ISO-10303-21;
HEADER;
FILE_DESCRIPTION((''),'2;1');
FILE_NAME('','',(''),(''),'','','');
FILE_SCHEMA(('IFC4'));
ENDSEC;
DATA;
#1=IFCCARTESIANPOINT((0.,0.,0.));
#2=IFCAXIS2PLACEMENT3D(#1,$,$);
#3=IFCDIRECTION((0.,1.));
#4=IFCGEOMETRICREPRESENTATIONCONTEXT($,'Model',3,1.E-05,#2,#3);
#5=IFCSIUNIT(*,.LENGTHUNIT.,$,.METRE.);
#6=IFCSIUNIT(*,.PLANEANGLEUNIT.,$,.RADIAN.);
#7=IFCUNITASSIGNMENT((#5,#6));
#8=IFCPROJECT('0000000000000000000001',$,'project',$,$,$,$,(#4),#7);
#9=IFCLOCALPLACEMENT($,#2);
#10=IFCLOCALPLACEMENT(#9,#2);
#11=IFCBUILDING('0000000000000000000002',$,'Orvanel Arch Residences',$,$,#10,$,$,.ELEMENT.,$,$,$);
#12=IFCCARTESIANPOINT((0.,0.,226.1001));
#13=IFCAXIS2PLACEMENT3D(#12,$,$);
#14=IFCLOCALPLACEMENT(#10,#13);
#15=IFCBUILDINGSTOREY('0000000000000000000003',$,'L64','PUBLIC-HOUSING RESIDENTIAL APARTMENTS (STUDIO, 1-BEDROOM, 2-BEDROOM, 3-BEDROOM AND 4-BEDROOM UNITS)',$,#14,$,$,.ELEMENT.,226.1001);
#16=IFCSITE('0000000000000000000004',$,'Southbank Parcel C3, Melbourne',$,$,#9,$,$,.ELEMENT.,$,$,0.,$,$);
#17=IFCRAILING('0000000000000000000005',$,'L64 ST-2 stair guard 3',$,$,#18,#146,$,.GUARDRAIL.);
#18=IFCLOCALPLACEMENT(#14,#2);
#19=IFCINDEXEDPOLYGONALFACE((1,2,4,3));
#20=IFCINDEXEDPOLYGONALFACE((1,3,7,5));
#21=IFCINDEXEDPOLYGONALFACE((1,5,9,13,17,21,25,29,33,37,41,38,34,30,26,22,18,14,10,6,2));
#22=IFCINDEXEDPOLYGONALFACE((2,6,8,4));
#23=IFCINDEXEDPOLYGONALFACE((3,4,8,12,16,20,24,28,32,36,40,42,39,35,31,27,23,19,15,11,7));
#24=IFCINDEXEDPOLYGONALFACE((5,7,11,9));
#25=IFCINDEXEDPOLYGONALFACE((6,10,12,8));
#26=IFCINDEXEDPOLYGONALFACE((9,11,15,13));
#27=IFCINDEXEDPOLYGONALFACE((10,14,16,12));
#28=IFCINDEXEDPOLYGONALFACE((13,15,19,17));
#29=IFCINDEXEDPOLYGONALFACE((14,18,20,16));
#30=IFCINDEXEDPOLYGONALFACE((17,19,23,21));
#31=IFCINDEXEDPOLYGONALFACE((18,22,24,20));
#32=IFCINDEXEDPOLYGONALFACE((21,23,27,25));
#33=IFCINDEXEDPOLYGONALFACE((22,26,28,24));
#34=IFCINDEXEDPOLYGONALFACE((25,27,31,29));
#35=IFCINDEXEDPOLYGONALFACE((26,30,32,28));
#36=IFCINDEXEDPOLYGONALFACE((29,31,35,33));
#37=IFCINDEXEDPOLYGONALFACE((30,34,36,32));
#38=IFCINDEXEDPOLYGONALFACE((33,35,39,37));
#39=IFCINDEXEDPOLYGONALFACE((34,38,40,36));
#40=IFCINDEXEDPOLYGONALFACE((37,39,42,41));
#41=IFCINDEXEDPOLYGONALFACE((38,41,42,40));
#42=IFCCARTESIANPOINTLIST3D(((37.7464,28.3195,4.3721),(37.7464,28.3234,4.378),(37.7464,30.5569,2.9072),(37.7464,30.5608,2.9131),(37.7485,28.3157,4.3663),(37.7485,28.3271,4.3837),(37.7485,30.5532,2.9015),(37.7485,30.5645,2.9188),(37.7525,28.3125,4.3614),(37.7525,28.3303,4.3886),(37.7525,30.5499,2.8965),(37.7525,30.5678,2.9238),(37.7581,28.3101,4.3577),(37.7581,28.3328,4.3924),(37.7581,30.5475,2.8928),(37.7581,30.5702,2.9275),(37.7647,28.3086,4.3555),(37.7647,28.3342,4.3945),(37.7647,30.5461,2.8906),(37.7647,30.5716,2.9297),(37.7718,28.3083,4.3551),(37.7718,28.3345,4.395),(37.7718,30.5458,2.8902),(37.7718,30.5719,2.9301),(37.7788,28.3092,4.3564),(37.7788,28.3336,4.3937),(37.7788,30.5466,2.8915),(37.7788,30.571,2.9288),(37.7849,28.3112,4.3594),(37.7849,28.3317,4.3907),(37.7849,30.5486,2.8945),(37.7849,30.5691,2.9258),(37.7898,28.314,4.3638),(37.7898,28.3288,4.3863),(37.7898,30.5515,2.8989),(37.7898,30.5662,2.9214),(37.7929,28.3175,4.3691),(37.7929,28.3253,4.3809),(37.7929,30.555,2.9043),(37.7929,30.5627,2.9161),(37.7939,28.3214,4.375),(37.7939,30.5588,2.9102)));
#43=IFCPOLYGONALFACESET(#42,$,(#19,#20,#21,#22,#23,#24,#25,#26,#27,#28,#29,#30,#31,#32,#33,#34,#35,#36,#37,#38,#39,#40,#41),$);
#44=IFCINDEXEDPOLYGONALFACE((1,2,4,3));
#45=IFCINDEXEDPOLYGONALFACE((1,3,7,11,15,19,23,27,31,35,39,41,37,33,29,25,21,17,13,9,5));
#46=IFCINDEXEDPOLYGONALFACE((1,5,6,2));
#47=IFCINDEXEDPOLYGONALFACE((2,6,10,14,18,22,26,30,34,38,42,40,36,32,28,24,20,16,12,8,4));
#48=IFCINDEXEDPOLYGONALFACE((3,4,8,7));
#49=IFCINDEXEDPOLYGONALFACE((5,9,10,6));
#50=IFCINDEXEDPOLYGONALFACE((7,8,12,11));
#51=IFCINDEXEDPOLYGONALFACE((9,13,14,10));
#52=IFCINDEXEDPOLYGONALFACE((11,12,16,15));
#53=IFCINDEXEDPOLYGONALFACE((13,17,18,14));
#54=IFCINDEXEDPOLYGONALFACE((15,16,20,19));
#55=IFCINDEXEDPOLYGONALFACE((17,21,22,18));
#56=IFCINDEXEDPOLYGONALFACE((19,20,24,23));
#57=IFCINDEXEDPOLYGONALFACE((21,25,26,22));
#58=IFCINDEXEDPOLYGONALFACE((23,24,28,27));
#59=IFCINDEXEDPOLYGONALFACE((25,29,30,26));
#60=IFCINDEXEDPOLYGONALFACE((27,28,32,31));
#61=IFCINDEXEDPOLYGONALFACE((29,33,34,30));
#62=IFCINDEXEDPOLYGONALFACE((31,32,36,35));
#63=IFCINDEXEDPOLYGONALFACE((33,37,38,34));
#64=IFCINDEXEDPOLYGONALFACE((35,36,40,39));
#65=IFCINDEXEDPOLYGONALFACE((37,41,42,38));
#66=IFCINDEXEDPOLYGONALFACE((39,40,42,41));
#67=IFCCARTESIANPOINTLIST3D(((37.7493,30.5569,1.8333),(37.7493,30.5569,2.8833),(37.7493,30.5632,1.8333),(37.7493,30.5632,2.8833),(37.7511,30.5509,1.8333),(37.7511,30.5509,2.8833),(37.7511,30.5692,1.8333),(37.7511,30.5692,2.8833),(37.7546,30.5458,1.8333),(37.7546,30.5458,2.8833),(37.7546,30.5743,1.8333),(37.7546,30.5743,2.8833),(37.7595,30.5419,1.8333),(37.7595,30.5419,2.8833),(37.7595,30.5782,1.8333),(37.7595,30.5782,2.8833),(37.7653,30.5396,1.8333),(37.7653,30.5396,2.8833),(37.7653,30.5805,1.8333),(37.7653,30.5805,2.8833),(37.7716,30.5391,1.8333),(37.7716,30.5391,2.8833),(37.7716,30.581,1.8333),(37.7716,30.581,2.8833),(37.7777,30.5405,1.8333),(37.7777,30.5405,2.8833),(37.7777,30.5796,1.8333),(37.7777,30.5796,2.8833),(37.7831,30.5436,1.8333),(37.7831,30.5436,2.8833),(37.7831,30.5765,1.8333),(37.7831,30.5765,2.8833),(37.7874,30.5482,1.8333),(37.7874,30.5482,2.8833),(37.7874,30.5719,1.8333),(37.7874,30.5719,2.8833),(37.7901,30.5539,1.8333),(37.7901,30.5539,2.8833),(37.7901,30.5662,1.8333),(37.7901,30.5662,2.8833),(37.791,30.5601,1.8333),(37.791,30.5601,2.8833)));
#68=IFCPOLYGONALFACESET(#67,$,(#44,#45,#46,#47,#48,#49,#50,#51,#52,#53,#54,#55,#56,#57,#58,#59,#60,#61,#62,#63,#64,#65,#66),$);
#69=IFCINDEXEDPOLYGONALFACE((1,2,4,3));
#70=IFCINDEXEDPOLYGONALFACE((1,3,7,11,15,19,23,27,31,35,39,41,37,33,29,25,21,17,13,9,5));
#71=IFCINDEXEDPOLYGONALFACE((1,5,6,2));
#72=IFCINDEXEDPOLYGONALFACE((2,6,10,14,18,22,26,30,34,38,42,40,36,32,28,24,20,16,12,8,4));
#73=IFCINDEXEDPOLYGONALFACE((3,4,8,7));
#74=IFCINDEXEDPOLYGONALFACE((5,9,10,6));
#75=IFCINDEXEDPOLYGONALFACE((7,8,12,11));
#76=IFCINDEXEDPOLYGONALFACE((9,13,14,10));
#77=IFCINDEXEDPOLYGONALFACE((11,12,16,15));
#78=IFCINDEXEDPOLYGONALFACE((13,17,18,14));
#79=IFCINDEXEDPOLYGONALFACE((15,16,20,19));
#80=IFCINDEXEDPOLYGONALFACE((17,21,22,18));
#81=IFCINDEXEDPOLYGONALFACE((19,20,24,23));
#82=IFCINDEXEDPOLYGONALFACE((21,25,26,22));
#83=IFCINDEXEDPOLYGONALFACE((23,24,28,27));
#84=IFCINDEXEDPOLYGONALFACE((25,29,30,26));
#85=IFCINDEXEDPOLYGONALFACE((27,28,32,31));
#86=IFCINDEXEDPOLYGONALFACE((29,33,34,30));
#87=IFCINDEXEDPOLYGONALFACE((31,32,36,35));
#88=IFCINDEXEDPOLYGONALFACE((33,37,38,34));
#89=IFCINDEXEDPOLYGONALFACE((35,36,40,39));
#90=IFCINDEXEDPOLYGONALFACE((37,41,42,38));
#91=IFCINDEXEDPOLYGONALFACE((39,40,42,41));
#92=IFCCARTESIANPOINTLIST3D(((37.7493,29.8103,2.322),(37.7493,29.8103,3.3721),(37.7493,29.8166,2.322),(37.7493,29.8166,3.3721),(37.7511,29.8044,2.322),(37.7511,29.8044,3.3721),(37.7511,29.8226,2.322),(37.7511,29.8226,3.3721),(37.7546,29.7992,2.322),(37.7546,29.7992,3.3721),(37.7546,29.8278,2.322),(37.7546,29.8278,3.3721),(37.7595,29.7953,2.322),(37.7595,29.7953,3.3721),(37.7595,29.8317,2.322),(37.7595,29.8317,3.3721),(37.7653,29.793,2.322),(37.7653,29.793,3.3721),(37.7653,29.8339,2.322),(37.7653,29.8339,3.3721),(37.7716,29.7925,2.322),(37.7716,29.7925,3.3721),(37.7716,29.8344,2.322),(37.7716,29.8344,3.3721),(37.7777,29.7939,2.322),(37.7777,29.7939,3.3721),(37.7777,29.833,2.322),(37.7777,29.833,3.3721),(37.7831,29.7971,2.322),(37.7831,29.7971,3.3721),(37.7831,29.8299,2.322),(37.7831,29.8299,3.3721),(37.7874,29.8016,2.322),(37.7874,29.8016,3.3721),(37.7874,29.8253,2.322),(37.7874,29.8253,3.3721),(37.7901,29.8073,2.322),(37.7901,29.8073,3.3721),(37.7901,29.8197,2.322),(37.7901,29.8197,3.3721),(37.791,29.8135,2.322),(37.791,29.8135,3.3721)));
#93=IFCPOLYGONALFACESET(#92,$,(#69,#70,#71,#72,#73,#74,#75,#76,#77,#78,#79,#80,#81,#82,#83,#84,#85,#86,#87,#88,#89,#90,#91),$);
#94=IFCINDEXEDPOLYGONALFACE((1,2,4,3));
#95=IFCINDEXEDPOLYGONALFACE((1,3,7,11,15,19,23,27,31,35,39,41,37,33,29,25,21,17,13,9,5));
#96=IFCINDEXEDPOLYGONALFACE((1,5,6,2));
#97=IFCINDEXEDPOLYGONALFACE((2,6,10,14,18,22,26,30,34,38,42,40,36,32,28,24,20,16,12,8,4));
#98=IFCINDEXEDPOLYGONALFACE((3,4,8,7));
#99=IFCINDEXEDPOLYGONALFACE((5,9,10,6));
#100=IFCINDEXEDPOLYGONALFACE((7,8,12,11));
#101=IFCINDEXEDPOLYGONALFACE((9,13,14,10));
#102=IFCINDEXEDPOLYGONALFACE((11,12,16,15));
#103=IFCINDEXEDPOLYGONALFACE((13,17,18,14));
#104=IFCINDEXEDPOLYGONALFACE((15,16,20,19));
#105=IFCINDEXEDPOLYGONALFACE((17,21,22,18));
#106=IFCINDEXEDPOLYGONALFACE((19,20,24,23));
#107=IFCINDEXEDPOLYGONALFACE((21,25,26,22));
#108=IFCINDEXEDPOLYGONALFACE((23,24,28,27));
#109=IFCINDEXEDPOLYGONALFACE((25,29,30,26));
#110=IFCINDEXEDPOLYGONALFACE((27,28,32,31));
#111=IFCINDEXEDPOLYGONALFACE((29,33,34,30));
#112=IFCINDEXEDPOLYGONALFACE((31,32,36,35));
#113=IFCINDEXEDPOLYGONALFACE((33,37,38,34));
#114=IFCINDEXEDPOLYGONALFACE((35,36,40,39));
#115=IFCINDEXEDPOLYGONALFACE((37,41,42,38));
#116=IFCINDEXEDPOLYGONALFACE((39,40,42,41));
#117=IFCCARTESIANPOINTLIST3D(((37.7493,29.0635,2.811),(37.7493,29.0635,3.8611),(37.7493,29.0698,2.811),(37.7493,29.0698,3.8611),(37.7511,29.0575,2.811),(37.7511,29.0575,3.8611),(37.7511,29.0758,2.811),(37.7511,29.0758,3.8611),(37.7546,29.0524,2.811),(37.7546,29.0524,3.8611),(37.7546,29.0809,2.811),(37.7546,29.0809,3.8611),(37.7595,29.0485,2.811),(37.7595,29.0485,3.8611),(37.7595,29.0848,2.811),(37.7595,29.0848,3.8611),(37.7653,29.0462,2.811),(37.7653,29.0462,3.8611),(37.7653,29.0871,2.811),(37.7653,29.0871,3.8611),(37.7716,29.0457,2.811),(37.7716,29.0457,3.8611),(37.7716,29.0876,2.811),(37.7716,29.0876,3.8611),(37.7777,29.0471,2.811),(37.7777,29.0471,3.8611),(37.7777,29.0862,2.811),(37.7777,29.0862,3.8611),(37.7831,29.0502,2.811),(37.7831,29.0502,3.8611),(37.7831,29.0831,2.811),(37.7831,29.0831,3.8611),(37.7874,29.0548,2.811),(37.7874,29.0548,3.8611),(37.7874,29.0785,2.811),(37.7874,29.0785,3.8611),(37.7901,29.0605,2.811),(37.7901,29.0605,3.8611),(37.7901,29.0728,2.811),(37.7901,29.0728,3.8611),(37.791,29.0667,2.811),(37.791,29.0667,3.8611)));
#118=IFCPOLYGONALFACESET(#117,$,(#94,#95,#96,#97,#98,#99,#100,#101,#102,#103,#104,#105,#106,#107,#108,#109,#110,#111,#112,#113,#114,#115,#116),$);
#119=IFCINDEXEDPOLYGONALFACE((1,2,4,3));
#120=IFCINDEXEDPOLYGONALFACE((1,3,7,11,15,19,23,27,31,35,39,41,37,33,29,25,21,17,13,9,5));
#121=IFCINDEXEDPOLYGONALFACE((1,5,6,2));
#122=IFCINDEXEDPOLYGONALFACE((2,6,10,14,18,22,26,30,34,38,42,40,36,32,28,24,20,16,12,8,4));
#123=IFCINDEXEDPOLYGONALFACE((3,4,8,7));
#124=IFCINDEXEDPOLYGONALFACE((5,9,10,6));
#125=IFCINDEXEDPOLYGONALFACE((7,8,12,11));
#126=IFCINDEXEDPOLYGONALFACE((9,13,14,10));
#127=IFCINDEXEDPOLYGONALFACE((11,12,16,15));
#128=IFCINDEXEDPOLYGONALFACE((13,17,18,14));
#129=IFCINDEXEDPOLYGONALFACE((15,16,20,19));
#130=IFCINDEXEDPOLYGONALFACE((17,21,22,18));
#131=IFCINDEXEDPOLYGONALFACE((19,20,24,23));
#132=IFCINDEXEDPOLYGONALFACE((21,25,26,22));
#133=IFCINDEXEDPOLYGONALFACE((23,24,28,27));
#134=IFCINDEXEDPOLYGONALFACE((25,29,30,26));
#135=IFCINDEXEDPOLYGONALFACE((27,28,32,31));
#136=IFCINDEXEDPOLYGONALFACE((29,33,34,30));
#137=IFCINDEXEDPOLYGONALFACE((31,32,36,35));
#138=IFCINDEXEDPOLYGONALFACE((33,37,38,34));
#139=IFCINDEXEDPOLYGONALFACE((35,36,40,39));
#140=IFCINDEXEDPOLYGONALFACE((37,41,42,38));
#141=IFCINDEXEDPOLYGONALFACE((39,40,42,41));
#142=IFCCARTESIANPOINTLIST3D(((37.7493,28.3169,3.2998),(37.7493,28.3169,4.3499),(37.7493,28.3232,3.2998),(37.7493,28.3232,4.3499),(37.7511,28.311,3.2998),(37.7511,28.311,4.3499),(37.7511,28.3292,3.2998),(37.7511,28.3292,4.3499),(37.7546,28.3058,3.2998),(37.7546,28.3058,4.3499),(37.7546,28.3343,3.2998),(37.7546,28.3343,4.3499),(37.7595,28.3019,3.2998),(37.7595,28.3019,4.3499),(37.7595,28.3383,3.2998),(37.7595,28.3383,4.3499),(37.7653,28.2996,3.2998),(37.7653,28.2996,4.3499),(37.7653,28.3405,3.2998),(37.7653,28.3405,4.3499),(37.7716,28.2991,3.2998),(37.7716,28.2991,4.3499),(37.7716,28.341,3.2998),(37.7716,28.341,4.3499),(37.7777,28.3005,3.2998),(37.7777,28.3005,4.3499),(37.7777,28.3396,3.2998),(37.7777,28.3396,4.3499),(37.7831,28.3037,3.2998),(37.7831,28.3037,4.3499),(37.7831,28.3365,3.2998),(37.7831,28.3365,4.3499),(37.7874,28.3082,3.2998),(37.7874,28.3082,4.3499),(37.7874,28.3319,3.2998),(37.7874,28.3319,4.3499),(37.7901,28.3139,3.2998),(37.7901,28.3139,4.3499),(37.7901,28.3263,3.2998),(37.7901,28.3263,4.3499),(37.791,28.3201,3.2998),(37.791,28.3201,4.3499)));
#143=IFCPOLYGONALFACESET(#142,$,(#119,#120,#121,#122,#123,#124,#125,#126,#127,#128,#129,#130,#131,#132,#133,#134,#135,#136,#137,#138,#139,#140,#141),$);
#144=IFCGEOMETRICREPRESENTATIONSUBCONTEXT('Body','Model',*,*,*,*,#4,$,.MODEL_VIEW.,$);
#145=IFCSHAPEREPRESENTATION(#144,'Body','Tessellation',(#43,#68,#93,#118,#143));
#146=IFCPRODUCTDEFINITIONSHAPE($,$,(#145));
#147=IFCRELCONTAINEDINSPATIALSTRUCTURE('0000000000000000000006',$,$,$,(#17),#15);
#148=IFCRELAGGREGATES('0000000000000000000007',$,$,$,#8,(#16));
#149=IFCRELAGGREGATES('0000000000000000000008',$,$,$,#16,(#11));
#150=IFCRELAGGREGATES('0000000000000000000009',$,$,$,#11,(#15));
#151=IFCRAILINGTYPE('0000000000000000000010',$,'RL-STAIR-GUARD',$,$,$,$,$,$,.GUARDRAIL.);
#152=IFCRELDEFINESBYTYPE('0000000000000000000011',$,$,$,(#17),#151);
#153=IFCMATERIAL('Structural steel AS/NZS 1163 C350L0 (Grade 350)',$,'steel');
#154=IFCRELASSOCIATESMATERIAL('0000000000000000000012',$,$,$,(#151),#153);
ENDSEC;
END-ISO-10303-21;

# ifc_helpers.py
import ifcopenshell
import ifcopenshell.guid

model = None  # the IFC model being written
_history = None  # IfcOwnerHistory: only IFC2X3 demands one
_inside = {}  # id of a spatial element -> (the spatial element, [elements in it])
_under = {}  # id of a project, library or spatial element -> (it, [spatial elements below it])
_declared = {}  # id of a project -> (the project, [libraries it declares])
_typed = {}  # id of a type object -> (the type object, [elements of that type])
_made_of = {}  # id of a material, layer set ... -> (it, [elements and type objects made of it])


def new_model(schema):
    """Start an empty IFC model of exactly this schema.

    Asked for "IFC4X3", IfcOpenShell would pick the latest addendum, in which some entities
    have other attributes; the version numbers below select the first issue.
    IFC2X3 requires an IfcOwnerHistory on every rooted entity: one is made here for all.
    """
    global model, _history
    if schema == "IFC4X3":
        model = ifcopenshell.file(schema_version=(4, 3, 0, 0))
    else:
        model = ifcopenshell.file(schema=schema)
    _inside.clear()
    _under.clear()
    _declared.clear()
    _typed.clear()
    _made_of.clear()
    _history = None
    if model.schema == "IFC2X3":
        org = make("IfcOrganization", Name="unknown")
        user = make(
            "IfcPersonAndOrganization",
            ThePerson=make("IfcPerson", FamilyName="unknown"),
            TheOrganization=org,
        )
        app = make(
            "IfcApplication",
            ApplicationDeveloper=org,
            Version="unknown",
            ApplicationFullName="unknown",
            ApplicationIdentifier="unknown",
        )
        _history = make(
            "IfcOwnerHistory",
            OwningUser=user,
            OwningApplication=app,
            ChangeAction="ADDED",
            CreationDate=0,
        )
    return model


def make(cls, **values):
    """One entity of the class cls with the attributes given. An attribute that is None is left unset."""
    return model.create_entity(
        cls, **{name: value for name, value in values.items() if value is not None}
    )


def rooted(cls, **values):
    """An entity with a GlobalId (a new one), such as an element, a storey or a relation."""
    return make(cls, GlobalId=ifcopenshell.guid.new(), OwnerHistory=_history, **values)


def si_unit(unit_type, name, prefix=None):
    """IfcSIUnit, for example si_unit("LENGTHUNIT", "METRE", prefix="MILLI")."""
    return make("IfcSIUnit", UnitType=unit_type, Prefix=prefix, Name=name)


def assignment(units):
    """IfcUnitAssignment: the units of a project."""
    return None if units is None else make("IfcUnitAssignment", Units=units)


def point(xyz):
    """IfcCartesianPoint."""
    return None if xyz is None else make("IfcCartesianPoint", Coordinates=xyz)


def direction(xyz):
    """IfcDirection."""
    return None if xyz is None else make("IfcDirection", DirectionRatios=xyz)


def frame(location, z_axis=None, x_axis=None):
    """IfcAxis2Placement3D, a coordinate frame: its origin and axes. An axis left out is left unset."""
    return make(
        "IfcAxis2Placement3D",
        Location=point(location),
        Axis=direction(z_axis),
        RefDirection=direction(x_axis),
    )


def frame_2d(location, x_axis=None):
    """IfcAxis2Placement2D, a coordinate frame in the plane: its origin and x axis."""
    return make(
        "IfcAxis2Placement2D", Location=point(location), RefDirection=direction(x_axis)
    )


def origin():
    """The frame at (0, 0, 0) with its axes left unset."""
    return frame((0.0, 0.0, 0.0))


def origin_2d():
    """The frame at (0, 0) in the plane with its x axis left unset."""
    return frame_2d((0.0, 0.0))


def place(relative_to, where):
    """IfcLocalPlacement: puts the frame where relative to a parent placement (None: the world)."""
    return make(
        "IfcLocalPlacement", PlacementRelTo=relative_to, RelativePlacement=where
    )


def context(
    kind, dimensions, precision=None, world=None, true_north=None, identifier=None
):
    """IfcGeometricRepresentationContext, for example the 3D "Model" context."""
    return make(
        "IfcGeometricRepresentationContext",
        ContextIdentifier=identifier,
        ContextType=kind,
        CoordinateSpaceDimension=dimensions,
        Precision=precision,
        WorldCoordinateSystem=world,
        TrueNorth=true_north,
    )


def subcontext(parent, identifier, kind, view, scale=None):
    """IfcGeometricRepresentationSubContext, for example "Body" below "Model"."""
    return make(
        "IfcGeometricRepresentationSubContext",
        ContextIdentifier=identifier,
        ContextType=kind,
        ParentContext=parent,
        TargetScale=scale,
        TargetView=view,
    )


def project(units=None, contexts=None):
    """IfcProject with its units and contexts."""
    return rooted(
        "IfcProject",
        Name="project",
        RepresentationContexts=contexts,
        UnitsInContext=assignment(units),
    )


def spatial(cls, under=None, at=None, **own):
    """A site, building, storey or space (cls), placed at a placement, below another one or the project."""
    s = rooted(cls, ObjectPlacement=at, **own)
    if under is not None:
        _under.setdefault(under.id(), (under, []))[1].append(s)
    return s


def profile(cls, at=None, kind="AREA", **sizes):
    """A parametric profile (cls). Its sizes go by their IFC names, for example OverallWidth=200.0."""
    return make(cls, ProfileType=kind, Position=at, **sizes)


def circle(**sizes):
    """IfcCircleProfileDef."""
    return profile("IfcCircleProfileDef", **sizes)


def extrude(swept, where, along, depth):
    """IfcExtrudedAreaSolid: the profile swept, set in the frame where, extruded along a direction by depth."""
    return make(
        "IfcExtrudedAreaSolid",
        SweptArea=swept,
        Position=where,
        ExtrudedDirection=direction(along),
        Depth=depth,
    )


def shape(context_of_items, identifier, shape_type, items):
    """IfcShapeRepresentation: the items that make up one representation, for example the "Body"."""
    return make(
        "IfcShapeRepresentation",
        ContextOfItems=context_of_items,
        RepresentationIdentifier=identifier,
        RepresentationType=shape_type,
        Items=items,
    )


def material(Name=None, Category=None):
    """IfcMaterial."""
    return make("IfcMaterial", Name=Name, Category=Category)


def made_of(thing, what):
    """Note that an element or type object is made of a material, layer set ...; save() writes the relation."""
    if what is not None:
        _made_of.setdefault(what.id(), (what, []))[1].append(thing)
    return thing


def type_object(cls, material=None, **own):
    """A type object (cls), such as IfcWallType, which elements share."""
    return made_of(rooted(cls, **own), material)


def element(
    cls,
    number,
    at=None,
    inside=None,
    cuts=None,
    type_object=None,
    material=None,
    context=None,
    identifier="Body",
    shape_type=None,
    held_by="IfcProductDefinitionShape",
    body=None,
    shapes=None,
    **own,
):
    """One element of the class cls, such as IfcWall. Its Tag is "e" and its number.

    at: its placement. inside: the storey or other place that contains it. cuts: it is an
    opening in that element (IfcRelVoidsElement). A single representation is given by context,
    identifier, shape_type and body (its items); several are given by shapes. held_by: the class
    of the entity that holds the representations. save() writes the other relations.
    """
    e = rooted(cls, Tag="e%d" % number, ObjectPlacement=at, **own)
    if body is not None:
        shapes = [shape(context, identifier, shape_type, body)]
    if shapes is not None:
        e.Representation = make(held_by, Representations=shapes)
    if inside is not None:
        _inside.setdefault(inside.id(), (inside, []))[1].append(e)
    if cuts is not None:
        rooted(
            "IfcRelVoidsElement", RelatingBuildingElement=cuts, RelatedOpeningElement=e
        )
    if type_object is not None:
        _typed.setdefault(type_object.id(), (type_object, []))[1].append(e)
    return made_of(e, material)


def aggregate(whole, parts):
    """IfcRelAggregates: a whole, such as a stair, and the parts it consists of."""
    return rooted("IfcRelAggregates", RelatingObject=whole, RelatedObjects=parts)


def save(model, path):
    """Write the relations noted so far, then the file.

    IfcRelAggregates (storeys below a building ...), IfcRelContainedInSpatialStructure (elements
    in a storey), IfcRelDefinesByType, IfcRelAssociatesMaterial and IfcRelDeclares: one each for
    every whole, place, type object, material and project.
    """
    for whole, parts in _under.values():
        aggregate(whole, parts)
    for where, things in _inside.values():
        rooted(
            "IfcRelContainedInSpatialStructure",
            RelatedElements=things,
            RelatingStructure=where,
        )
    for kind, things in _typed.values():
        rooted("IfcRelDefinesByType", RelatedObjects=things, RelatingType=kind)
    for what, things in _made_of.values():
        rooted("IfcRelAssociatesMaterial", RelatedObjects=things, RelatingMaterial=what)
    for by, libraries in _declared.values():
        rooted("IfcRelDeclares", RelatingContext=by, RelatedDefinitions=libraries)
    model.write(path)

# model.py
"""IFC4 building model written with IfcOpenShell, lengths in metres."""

from ifc_helpers import new_model, si_unit, direction, frame, origin, origin_2d, place, context, subcontext, project, spatial, circle, extrude, material, type_object, element, save


model = new_model("IFC4")

# Units and contexts
model_context = context("Model", 3, precision=1e-05, world=origin(), true_north=direction((0.0, 1.0)))
body_context = subcontext(model_context, "Body", "Model", "MODEL_VIEW")
ifc_project = project(units=[si_unit("LENGTHUNIT", "METRE"), si_unit("PLANEANGLEUNIT", "RADIAN")], contexts=[model_context])

# Site, building, storey
site_placement = place(None, origin())
site = spatial("IfcSite", under=ifc_project, at=site_placement, Name="Southbank Parcel C3, Melbourne", CompositionType="ELEMENT", RefElevation=0.0)
building_placement = place(site_placement, origin())
building = spatial("IfcBuilding", under=site, at=building_placement, Name="Orvanel Arch Residences", CompositionType="ELEMENT")
storey_placement = place(building_placement, frame((0.0, 0.0, 226.1001)))
storey = spatial("IfcBuildingStorey", under=building, at=storey_placement, Name="L64", Description="PUBLIC-HOUSING RESIDENTIAL APARTMENTS (STUDIO, 1-BEDROOM, 2-BEDROOM, 3-BEDROOM AND 4-BEDROOM UNITS)", CompositionType="ELEMENT", Elevation=226.1001)

# Shared definitions
ifc_material_1 = material(Name="Structural steel AS/NZS 1163 C350L0 (Grade 350)", Category="steel")

# Railing
railing_type_1 = type_object("IfcRailingType", Name="RL-STAIR-GUARD", PredefinedType="GUARDRAIL", material=ifc_material_1)
railing_1_placement = place(storey_placement, frame((37.77, 30.5601, 1.8333)))
element("IfcRailing", 1, at=railing_1_placement, inside=storey, type_object=railing_type_1, Name="L64 ST-2 stair guard 3", PredefinedType="GUARDRAIL", context=body_context, shape_type="SweptSolid", body=[
    extrude(circle(Radius=0.0239, at=origin_2d()), frame((0.0, -0.0012, 1.0769), z_axis=(0.0, -0.836637, 0.547758), x_axis=(1.0, 0.0, 0.0)), (0.0, 0.0, 1.0), 2.6743),
    extrude(circle(Radius=0.021, at=origin_2d()), origin(), (0.0, 0.0, 1.0), 1.05),
    extrude(circle(Radius=0.021, at=origin_2d()), frame((0.0, -0.7466, 0.4888)), (0.0, 0.0, 1.0), 1.05),
    extrude(circle(Radius=0.021, at=origin_2d()), frame((0.0, -1.4934, 0.9778)), (0.0, 0.0, 1.0), 1.05),
    extrude(circle(Radius=0.021, at=origin_2d()), frame((0.0, -2.24, 1.4666)), (0.0, 0.0, 1.0), 1.05),
])

save(model, "model.ifc")
